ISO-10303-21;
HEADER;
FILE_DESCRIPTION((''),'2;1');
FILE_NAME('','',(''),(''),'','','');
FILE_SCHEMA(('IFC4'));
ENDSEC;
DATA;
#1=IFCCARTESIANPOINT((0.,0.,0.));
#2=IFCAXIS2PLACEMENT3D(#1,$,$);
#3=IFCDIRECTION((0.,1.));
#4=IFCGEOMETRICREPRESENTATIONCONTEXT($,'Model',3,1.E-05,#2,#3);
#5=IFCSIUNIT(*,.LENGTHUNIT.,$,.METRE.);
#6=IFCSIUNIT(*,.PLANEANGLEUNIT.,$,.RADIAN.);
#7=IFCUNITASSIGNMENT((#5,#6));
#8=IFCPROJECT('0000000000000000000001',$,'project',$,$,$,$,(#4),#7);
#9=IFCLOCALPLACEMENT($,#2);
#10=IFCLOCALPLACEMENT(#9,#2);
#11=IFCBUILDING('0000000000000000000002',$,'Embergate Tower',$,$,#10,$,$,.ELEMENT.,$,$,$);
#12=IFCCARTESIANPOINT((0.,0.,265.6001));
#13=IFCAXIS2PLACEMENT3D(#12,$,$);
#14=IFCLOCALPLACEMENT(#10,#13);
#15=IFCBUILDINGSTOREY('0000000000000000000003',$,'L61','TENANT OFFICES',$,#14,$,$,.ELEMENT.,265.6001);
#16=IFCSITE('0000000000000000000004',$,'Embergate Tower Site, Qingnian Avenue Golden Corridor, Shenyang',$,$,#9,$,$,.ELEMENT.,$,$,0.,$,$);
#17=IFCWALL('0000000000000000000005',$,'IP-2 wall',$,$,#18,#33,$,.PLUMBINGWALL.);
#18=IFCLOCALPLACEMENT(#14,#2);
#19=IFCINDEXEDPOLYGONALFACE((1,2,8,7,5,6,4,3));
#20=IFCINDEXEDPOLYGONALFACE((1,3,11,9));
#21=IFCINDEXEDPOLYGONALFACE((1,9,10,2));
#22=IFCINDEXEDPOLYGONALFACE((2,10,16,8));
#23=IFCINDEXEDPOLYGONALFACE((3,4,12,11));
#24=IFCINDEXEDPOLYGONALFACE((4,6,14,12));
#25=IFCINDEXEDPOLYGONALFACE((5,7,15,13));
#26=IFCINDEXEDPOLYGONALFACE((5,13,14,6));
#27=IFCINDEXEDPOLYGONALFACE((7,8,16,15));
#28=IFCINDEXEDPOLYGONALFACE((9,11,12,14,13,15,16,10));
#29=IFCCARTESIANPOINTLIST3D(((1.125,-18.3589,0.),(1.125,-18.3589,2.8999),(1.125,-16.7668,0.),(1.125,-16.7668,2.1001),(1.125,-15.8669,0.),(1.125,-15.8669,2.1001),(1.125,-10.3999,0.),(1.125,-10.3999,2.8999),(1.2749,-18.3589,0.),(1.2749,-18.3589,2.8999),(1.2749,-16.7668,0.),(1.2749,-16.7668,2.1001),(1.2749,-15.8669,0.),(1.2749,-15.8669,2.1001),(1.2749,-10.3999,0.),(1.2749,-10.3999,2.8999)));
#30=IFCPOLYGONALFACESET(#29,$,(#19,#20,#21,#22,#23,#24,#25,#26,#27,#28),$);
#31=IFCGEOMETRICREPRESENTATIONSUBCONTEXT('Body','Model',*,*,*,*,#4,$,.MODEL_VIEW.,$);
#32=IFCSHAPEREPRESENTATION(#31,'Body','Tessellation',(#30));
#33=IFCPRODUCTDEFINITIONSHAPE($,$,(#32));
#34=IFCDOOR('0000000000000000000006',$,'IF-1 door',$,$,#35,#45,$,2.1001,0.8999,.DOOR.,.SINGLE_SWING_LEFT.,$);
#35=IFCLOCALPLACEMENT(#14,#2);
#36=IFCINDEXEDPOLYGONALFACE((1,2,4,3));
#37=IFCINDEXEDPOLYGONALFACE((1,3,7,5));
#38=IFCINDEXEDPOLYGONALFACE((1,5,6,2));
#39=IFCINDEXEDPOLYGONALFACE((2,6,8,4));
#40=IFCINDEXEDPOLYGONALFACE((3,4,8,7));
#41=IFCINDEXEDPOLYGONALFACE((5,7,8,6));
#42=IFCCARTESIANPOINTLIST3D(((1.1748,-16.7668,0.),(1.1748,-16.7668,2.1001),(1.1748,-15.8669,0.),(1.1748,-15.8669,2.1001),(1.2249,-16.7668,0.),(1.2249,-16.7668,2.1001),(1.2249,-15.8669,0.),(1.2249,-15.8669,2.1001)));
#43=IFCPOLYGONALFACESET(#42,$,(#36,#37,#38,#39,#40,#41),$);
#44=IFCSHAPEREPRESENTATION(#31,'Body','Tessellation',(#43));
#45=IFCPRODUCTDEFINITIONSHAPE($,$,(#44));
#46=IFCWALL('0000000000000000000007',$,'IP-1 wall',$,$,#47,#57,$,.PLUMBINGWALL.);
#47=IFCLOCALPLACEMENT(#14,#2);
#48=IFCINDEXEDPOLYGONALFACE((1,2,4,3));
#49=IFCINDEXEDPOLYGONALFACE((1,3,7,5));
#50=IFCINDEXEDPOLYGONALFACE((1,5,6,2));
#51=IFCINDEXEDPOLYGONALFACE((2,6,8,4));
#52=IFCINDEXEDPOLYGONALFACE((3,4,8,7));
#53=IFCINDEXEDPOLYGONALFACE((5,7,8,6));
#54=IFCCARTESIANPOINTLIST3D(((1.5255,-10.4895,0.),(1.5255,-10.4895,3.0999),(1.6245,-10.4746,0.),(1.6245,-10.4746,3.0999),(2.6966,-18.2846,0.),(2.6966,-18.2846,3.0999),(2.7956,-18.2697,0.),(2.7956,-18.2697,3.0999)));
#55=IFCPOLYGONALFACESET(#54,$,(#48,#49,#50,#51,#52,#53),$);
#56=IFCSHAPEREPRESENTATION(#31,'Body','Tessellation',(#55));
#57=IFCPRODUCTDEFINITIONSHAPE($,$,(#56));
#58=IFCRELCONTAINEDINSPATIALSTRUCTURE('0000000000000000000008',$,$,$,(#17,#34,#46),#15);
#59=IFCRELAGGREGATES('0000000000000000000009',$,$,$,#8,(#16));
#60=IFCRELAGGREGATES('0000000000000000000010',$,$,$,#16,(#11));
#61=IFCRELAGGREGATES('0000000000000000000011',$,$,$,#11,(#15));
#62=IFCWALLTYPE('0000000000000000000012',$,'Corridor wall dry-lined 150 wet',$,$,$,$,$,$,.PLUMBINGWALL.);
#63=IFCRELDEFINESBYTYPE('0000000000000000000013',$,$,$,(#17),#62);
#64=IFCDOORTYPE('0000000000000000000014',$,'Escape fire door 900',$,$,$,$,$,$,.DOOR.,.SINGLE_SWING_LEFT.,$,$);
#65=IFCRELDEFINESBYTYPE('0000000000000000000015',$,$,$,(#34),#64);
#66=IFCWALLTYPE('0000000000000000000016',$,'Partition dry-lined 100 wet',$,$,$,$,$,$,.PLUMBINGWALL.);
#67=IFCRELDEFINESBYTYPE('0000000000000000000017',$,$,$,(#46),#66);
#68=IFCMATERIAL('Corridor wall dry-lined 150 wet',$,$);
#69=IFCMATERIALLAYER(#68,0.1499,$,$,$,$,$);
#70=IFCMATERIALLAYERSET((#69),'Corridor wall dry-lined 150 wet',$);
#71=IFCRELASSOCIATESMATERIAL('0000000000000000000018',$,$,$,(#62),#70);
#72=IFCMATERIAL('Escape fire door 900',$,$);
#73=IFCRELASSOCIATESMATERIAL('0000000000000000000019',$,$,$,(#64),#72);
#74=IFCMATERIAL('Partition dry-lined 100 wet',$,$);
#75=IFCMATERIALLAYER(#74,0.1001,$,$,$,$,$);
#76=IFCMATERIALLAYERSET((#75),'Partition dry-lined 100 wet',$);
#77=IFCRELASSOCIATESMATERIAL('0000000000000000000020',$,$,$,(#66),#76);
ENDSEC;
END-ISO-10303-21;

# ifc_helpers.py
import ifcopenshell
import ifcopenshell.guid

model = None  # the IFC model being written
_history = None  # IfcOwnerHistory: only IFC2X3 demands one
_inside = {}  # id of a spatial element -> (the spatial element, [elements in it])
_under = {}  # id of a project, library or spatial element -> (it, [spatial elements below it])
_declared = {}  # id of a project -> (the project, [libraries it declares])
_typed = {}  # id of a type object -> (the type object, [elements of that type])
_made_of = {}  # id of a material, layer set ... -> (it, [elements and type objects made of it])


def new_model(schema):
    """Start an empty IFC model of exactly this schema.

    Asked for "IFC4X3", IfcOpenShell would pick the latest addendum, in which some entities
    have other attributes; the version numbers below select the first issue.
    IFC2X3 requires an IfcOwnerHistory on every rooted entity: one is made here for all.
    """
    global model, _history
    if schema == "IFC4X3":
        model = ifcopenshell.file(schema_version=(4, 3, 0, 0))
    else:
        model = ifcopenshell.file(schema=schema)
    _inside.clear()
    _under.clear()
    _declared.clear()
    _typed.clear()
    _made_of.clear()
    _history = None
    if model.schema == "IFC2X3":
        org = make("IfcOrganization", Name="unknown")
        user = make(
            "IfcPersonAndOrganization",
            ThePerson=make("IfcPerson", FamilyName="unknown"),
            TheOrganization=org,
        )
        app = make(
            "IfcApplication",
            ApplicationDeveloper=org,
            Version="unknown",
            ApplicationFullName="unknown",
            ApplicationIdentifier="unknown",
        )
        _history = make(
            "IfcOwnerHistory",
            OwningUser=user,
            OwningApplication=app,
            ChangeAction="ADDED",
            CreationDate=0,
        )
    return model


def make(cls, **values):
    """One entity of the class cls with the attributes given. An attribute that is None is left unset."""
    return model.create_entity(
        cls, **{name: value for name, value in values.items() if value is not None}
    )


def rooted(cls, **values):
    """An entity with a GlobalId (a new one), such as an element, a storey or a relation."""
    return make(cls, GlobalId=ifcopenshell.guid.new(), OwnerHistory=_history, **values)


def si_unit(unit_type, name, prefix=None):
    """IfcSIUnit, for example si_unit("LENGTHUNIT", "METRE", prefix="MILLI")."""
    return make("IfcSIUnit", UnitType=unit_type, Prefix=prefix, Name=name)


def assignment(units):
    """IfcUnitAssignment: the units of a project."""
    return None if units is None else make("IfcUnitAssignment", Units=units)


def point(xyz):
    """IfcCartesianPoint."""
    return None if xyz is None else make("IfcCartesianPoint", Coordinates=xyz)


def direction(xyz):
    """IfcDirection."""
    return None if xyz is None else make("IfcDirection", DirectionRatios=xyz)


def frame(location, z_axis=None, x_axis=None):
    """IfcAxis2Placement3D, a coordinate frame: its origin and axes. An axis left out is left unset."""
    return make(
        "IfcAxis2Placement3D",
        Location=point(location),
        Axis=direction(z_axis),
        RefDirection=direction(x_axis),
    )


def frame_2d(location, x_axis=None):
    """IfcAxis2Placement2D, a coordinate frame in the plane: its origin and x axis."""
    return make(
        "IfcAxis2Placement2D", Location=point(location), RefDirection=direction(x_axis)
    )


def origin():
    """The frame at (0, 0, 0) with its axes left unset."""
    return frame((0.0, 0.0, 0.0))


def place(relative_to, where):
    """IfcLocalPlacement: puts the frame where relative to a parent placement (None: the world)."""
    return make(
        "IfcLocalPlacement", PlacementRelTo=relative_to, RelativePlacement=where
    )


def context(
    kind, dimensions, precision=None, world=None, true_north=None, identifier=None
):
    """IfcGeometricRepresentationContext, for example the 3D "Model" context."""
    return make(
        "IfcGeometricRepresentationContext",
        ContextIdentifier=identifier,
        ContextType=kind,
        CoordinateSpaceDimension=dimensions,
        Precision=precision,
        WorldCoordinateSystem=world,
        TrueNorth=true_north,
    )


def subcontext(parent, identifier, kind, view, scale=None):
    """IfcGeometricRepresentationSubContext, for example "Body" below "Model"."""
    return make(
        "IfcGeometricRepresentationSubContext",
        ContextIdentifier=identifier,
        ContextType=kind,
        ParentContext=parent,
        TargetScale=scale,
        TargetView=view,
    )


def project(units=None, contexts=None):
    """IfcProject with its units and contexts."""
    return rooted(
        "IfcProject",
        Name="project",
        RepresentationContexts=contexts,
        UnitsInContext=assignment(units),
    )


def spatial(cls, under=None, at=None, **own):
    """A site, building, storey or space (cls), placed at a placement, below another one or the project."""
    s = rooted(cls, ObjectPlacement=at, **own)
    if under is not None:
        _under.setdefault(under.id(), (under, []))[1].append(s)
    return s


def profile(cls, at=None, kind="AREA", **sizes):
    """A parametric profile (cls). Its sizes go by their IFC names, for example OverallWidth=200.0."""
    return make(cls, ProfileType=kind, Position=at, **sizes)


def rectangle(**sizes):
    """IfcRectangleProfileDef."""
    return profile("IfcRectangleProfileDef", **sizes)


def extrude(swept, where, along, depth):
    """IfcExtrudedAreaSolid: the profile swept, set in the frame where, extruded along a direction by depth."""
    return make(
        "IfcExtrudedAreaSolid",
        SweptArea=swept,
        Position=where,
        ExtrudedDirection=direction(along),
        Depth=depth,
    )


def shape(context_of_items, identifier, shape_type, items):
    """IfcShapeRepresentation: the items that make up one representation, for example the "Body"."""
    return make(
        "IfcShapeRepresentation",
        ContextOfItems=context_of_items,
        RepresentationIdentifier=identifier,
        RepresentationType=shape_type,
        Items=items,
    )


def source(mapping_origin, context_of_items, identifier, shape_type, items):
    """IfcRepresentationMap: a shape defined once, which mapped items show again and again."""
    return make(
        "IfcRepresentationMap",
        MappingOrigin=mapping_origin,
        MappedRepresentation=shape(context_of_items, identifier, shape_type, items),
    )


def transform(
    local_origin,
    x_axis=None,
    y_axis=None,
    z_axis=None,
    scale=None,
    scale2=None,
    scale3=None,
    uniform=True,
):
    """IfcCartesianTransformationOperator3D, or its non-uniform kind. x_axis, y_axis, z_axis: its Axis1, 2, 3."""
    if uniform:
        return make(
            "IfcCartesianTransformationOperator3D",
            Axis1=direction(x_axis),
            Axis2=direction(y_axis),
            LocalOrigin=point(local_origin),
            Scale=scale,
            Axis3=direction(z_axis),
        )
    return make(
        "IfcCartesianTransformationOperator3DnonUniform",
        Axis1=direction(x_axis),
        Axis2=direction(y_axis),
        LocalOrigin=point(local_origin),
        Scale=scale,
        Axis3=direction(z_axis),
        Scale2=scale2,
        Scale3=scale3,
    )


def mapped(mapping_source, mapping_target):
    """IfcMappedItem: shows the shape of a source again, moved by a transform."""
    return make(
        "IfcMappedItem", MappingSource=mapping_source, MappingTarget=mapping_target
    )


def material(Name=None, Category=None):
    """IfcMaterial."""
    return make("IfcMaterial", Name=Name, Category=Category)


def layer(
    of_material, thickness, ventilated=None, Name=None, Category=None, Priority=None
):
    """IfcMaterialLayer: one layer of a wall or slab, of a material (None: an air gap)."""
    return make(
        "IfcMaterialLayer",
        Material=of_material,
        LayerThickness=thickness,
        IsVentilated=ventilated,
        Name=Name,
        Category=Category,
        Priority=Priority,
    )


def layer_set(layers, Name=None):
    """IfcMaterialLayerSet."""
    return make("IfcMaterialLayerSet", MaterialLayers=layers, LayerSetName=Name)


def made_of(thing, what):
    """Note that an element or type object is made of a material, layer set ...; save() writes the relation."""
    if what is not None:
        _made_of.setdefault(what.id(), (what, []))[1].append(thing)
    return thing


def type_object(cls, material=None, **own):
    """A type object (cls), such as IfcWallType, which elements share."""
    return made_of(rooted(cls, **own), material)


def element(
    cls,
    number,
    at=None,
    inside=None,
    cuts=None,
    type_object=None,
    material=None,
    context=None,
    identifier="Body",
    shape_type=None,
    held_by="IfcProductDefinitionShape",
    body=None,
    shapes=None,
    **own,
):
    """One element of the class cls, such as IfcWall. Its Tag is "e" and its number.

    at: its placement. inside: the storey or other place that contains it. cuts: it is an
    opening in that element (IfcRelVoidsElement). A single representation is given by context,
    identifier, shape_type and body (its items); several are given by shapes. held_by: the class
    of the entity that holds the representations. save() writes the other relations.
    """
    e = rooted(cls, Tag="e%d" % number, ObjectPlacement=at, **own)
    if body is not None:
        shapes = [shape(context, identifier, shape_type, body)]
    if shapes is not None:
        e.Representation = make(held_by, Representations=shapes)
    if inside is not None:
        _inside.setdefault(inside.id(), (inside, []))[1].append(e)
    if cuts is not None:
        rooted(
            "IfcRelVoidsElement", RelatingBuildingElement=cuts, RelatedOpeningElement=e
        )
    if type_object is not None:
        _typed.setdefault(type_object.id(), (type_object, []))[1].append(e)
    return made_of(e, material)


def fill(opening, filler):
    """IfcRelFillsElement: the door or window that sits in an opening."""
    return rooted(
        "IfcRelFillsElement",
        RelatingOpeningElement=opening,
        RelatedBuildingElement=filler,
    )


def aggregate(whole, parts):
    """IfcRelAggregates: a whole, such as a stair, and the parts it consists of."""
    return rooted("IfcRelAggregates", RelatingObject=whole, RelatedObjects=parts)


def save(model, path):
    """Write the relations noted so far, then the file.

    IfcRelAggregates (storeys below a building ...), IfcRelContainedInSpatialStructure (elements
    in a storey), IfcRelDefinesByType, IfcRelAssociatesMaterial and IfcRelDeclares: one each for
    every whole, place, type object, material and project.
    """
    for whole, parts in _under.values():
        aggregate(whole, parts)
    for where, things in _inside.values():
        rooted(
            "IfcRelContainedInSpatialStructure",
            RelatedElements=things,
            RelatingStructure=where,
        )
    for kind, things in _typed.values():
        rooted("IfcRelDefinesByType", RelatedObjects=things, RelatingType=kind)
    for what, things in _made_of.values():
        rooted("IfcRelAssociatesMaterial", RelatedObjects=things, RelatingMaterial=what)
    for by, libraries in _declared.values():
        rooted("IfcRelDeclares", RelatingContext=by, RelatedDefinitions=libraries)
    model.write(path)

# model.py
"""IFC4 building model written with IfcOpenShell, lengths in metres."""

from ifc_helpers import new_model, si_unit, direction, frame, frame_2d, origin, place, context, subcontext, project, spatial, rectangle, extrude, source, transform, mapped, material, layer, layer_set, type_object, element, fill, save


model = new_model("IFC4")

# Units and contexts
model_context = context("Model", 3, precision=1e-05, world=origin(), true_north=direction((0.0, 1.0)))
body_context = subcontext(model_context, "Body", "Model", "MODEL_VIEW")
ifc_project = project(units=[si_unit("LENGTHUNIT", "METRE"), si_unit("PLANEANGLEUNIT", "RADIAN")], contexts=[model_context])

# Site, building, storey
site_placement = place(None, origin())
site = spatial("IfcSite", under=ifc_project, at=site_placement, Name="Embergate Tower Site, Qingnian Avenue Golden Corridor, Shenyang", CompositionType="ELEMENT", RefElevation=0.0)
building_placement = place(site_placement, origin())
building = spatial("IfcBuilding", under=site, at=building_placement, Name="Embergate Tower", CompositionType="ELEMENT")
storey_placement = place(building_placement, frame((0.0, 0.0, 265.6001)))
storey = spatial("IfcBuildingStorey", under=building, at=storey_placement, Name="L61", Description="TENANT OFFICES", CompositionType="ELEMENT", Elevation=265.6001)

# Shared definitions
shared_shape_1 = source(origin(), body_context, "Body", "SweptSolid", [
    extrude(rectangle(XDim=0.8999, YDim=2.1001, at=frame_2d((0.45, 1.05))), frame((0.0, 0.0249, 0.0), z_axis=(0.0, -1.0, 0.0), x_axis=(1.0, 0.0, 0.0)), (0.0, 0.0, 1.0), 0.05),
])

# Wall, opening, door
ifc_material_1 = material(Name="Corridor wall dry-lined 150 wet")
ifc_layer_1 = layer(ifc_material_1, 0.1499)
ifc_layer_set_1 = layer_set([ifc_layer_1], Name="Corridor wall dry-lined 150 wet")
wall_type_1 = type_object("IfcWallType", Name="Corridor wall dry-lined 150 wet", PredefinedType="PLUMBINGWALL", material=ifc_layer_set_1)
shared_shape_2 = source(origin(), body_context, "Body", "SweptSolid", [
    extrude(rectangle(XDim=7.959, YDim=0.1499, at=frame_2d((3.9795, 0.0))), origin(), (0.0, 0.0, 1.0), 2.8999),
])
wall_1_placement = place(storey_placement, frame((1.2, -10.3999, 0.0), z_axis=(0.0, 0.0, 1.0), x_axis=(0.0, -1.0, 0.0)))
wall_1 = element("IfcWall", 1, at=wall_1_placement, inside=storey, type_object=wall_type_1, Name="IP-2 wall", PredefinedType="PLUMBINGWALL", context=body_context, shape_type="MappedRepresentation", body=[
    mapped(shared_shape_2, transform((0.0, 0.0, 0.0))),
])
shared_shape_3 = source(origin(), body_context, "Body", "SweptSolid", [
    extrude(rectangle(XDim=0.8999, YDim=2.1001, at=frame_2d((0.45, 1.05))), frame((0.0, 0.085, 0.0), z_axis=(0.0, -1.0, 0.0), x_axis=(1.0, 0.0, 0.0)), (0.0, 0.0, 1.0), 0.1699),
])
opening_1_placement = place(wall_1_placement, frame((5.467, 0.0, 0.0)))
opening_1 = element("IfcOpeningElement", 2, at=opening_1_placement, cuts=wall_1, PredefinedType="OPENING", context=body_context, shape_type="MappedRepresentation", body=[
    mapped(shared_shape_3, transform((0.0, 0.0, 0.0))),
])
ifc_material_2 = material(Name="Escape fire door 900")
door_type_1 = type_object("IfcDoorType", Name="Escape fire door 900", OperationType="SINGLE_SWING_LEFT", PredefinedType="DOOR", material=ifc_material_2)
door_1_placement = place(opening_1_placement, origin())
door_1 = element("IfcDoor", 3, at=door_1_placement, inside=storey, type_object=door_type_1, Name="IF-1 door", OperationType="SINGLE_SWING_LEFT", OverallHeight=2.1001, OverallWidth=0.8999, PredefinedType="DOOR", context=body_context, shape_type="MappedRepresentation", body=[
    mapped(shared_shape_1, transform((0.0, 0.0, 0.0))),
])
fill(opening_1, door_1)

# Wall
ifc_material_3 = material(Name="Partition dry-lined 100 wet")
ifc_layer_2 = layer(ifc_material_3, 0.1001)
ifc_layer_set_2 = layer_set([ifc_layer_2], Name="Partition dry-lined 100 wet")
wall_type_2 = type_object("IfcWallType", Name="Partition dry-lined 100 wet", PredefinedType="PLUMBINGWALL", material=ifc_layer_set_2)
shared_shape_4 = source(origin(), body_context, "Body", "SweptSolid", [
    extrude(rectangle(XDim=7.8826, YDim=0.1001, at=frame_2d((3.9414, 0.0))), origin(), (0.0, 0.0, 1.0), 3.0999),
])
wall_2_placement = place(storey_placement, frame((1.575, -10.4819, 0.0), z_axis=(0.0, 0.0, 1.0), x_axis=(0.148572, -0.988902, 0.0)))
element("IfcWall", 4, at=wall_2_placement, inside=storey, type_object=wall_type_2, Name="IP-1 wall", PredefinedType="PLUMBINGWALL", context=body_context, shape_type="MappedRepresentation", body=[
    mapped(shared_shape_4, transform((0.0, 0.0, 0.0))),
])

save(model, "model.ifc")
